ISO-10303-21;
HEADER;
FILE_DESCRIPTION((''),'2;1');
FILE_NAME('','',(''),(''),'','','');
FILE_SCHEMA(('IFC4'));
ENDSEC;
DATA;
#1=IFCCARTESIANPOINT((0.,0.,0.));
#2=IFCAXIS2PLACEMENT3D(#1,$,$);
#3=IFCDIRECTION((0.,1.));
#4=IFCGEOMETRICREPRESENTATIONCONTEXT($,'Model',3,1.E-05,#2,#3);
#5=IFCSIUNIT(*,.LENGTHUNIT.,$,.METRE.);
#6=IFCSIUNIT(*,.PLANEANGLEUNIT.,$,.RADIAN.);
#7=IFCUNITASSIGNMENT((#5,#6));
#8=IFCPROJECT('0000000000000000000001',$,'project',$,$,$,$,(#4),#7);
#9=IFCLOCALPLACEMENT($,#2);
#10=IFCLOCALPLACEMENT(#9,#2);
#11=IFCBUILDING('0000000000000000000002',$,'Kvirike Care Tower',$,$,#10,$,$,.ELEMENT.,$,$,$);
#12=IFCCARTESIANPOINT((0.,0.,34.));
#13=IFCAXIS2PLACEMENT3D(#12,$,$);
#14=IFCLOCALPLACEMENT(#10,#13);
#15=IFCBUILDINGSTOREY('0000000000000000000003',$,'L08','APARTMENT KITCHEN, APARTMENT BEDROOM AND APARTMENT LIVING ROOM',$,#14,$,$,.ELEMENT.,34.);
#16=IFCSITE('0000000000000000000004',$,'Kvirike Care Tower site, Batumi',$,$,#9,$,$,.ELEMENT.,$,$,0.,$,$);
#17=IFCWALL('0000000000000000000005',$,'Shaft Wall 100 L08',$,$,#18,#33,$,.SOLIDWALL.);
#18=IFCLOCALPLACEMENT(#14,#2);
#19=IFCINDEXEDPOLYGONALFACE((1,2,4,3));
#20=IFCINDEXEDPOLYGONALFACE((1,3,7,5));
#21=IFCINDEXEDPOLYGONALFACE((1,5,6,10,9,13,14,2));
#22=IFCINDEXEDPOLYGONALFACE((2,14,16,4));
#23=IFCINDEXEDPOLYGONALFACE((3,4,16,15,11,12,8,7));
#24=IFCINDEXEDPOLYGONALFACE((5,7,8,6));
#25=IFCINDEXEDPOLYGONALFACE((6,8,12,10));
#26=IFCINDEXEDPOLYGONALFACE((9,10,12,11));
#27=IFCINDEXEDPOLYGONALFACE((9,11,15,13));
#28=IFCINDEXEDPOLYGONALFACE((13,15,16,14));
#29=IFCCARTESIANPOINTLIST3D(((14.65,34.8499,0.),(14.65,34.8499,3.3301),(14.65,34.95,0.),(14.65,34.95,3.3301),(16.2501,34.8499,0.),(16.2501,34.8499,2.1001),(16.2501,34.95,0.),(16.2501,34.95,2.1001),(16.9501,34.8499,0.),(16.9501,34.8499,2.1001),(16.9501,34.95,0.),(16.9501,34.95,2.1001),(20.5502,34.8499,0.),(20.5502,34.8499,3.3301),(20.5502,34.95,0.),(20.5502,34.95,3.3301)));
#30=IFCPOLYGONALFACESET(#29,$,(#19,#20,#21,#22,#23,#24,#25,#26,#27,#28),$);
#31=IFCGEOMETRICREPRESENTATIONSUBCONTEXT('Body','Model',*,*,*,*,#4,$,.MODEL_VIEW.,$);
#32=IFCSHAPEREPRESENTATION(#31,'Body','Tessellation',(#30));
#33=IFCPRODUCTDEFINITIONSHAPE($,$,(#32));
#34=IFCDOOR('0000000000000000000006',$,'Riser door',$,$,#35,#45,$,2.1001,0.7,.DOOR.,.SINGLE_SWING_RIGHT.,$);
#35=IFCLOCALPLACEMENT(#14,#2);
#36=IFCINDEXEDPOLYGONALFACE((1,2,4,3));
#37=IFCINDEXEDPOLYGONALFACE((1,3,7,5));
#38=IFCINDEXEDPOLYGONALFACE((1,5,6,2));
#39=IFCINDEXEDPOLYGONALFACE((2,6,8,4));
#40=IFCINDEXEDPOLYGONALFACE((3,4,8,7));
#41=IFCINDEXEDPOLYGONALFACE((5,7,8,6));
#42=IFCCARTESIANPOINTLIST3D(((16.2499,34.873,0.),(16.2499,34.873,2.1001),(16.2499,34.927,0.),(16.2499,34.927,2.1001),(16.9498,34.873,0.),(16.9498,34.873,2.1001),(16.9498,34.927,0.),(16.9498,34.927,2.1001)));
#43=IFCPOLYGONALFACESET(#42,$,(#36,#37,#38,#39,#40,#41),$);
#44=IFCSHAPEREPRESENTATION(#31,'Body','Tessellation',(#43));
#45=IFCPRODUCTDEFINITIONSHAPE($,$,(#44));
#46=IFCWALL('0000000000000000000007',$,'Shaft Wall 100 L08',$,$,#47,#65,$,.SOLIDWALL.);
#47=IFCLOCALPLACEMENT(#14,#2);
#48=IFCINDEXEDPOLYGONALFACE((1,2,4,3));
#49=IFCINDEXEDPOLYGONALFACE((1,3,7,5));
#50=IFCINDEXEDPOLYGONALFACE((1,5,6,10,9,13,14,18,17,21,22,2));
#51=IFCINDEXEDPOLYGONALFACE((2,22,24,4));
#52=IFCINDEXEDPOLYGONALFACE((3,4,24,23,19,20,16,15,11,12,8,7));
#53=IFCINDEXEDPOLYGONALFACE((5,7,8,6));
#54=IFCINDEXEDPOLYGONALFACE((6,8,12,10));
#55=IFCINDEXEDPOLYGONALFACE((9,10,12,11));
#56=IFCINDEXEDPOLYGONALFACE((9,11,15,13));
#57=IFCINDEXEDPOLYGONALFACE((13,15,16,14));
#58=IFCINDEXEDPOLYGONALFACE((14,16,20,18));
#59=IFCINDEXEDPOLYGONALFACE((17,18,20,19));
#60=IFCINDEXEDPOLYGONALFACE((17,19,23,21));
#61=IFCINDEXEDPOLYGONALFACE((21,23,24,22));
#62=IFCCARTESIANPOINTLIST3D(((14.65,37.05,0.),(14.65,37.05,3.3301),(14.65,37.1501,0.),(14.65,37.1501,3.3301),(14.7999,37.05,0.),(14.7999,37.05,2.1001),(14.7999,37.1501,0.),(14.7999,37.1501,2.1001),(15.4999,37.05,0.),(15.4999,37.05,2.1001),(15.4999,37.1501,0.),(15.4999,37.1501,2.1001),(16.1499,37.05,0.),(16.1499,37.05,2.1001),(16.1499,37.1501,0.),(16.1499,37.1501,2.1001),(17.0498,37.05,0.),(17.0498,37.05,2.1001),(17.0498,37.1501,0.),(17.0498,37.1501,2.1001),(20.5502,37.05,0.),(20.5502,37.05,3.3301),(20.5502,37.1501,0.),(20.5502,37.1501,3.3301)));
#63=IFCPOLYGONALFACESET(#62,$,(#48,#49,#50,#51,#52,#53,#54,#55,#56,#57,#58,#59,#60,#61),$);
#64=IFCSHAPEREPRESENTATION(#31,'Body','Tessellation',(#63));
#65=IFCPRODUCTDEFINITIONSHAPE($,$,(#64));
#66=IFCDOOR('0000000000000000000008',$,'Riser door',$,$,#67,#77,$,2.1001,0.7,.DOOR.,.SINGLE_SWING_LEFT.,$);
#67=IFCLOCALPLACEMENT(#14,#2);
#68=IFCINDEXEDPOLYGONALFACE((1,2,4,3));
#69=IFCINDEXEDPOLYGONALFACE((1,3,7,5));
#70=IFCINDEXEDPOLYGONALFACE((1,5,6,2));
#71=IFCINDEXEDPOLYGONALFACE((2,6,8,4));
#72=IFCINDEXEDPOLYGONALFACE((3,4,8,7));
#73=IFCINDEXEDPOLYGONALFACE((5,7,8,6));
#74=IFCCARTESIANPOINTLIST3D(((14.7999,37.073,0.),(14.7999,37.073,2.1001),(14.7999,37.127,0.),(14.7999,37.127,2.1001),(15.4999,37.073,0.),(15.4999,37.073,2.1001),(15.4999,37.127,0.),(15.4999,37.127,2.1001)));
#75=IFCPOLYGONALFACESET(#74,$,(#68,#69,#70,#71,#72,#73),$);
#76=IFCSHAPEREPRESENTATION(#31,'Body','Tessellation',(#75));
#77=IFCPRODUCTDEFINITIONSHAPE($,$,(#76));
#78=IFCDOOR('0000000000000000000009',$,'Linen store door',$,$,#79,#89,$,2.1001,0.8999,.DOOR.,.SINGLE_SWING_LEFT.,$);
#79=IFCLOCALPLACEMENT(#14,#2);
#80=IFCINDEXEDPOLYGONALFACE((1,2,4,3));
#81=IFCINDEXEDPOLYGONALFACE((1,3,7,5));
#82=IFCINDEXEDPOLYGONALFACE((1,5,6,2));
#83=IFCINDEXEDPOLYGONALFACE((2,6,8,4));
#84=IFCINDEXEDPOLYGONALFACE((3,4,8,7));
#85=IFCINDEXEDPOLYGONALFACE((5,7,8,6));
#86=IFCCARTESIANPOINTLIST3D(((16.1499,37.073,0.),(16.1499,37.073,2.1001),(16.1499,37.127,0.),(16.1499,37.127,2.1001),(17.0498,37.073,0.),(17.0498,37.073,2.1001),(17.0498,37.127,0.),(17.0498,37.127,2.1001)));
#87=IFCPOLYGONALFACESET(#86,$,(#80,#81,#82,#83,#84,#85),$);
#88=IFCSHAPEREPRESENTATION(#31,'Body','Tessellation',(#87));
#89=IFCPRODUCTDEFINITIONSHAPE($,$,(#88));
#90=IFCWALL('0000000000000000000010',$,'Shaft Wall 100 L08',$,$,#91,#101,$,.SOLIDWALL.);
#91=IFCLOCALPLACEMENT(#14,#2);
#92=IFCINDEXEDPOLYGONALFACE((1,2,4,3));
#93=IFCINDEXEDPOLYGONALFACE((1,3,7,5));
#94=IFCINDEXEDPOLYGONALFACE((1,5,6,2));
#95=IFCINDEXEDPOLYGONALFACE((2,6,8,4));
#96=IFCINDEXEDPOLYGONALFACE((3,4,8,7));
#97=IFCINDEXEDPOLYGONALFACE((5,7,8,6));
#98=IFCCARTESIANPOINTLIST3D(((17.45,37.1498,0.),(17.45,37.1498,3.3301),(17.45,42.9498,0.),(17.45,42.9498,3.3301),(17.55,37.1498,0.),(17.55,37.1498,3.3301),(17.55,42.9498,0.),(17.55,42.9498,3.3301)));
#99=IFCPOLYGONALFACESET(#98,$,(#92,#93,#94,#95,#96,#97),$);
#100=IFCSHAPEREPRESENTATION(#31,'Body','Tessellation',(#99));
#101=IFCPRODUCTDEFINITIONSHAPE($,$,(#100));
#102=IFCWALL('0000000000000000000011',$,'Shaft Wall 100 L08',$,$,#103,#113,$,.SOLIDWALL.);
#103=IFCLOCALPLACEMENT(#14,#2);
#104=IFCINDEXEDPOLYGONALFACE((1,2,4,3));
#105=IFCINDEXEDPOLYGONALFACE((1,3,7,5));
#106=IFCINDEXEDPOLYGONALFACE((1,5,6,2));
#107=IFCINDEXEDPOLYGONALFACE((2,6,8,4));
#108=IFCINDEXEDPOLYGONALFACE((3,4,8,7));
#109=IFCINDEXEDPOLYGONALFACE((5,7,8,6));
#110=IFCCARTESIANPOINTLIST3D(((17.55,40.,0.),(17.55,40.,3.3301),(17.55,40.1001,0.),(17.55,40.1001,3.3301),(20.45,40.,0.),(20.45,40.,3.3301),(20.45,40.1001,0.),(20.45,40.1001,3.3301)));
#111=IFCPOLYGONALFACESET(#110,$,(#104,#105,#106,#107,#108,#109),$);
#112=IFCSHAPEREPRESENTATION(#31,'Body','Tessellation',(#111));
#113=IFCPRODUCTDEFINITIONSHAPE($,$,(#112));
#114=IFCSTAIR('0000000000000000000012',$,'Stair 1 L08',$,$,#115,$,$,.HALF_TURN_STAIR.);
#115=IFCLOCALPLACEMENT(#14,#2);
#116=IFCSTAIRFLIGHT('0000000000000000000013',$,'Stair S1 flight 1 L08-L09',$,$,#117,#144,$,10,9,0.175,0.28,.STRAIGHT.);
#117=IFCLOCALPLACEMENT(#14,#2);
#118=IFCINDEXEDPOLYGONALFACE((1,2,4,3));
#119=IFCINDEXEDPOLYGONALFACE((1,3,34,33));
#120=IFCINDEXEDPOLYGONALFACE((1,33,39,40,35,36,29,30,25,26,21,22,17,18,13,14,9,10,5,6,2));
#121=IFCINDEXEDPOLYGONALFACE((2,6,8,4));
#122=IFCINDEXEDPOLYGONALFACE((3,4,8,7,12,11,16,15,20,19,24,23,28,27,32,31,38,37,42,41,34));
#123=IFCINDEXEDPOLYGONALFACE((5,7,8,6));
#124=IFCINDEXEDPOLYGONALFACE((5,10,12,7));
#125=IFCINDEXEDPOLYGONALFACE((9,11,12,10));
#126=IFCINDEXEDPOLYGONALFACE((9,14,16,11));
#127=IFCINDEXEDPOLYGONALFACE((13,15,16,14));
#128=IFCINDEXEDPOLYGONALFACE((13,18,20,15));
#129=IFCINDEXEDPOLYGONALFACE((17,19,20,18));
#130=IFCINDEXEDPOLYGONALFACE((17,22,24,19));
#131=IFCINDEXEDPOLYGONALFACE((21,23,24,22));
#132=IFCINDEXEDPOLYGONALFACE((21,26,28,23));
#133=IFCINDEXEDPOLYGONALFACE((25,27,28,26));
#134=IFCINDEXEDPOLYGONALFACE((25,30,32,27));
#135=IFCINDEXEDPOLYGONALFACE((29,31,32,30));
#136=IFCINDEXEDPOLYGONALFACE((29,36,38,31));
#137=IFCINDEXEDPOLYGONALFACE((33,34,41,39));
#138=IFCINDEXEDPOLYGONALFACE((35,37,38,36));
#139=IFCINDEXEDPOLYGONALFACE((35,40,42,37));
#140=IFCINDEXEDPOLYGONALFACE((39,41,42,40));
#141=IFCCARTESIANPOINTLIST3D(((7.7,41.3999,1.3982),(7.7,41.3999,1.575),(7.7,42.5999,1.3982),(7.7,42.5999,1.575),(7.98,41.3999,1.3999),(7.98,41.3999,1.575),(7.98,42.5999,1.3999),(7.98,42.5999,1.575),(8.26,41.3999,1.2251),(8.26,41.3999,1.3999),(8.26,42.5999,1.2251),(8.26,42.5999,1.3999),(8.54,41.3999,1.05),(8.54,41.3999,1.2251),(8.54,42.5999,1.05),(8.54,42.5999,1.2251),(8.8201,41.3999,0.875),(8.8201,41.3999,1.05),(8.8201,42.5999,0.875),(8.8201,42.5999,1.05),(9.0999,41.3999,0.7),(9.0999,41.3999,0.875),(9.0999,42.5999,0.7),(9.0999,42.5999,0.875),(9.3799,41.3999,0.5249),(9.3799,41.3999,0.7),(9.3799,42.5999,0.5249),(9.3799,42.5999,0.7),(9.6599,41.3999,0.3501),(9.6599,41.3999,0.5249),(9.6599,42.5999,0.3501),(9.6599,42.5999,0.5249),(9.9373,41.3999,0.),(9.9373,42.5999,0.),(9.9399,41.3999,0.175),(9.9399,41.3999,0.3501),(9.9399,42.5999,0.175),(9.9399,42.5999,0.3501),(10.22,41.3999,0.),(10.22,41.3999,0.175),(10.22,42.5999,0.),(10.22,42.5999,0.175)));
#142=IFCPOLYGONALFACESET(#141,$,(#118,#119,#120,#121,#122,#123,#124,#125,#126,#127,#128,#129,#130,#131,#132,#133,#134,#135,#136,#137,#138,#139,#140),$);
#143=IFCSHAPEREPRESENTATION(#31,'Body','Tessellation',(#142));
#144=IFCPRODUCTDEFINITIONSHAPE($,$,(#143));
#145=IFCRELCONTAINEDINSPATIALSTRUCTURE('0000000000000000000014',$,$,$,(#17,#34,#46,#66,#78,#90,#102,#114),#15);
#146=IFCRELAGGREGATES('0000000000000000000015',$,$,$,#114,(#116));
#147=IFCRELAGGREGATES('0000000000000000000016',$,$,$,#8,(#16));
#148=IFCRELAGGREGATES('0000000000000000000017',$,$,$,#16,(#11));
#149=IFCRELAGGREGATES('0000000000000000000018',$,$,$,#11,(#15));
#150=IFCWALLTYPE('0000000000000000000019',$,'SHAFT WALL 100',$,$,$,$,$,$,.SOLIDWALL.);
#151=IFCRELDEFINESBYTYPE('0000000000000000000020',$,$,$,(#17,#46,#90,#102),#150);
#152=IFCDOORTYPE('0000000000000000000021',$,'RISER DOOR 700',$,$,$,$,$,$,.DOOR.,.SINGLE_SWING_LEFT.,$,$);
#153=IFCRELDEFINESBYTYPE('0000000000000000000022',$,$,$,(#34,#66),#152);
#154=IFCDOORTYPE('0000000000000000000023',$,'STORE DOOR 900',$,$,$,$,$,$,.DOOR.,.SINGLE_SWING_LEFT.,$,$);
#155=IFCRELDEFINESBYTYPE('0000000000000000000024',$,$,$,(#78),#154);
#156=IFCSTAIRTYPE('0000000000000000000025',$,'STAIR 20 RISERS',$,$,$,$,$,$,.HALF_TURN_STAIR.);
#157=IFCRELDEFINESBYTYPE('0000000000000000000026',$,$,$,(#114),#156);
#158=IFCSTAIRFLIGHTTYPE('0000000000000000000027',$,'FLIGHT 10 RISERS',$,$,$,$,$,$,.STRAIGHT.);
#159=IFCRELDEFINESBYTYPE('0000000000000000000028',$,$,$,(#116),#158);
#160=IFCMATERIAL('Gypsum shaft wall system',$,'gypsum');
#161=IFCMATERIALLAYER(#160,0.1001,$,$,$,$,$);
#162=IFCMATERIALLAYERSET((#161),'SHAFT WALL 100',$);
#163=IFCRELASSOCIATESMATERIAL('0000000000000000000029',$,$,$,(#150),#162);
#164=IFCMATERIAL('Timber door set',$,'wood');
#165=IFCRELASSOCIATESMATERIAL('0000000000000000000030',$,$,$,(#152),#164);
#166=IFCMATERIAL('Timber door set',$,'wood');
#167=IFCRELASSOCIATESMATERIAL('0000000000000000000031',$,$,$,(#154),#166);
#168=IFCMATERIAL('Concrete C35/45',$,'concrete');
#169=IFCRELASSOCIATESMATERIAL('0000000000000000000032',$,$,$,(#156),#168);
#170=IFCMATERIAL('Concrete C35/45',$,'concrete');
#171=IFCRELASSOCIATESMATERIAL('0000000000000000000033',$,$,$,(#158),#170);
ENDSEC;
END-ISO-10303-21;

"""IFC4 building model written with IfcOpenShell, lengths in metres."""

from ifc_helpers import new_model, si_unit, direction, frame, frame_2d, origin, place, context, subcontext, project, spatial, polyline, rectangle, outline, extrude, material, layer, layer_set, type_object, element, fill, aggregate, save


model = new_model("IFC4")

# Units and contexts
model_context = context("Model", 3, precision=1e-05, world=origin(), true_north=direction((0.0, 1.0)))
body_context = subcontext(model_context, "Body", "Model", "MODEL_VIEW")
ifc_project = project(units=[si_unit("LENGTHUNIT", "METRE"), si_unit("PLANEANGLEUNIT", "RADIAN")], contexts=[model_context])

# Site, building, storey
site_placement = place(None, origin())
site = spatial("IfcSite", under=ifc_project, at=site_placement, Name="Kvirike Care Tower site, Batumi", CompositionType="ELEMENT", RefElevation=0.0)
building_placement = place(site_placement, origin())
building = spatial("IfcBuilding", under=site, at=building_placement, Name="Kvirike Care Tower", CompositionType="ELEMENT")
storey_placement = place(building_placement, frame((0.0, 0.0, 34.0)))
storey = spatial("IfcBuildingStorey", under=building, at=storey_placement, Name="L08", Description="APARTMENT KITCHEN, APARTMENT BEDROOM AND APARTMENT LIVING ROOM", CompositionType="ELEMENT", Elevation=34.0)

# Shared definitions
ifc_material_1 = material(Name="Gypsum shaft wall system", Category="gypsum")
ifc_layer_1 = layer(ifc_material_1, 0.1001)
ifc_layer_set_1 = layer_set([ifc_layer_1], Name="SHAFT WALL 100")
wall_type_1 = type_object("IfcWallType", Name="SHAFT WALL 100", PredefinedType="SOLIDWALL", material=ifc_layer_set_1)

# Wall, opening, door
wall_1_placement = place(storey_placement, frame((14.6499, 34.8999, 0.0), z_axis=(0.0, 0.0, 1.0), x_axis=(1.0, 0.0, 0.0)))
wall_1 = element("IfcWall", 1, at=wall_1_placement, inside=storey, type_object=wall_type_1, Name="Shaft Wall 100 L08", PredefinedType="SOLIDWALL", context=body_context, shape_type="SweptSolid", body=[
    extrude(rectangle(XDim=5.9001, YDim=0.1001, at=frame_2d((2.9502, 0.0))), origin(), (0.0, 0.0, 1.0), 3.3301),
])
opening_1_placement = place(wall_1_placement, frame((1.6001, 0.0, 0.0)))
opening_1 = element("IfcOpeningElement", 2, at=opening_1_placement, cuts=wall_1, PredefinedType="OPENING", context=body_context, shape_type="SweptSolid", body=[
    extrude(rectangle(XDim=0.7, YDim=2.1001, at=frame_2d((0.3501, 1.05))), frame((0.0, 0.0605, 0.0), z_axis=(0.0, -1.0, 0.0), x_axis=(1.0, 0.0, 0.0)), (0.0, 0.0, 1.0), 0.1211),
])
ifc_material_2 = material(Name="Timber door set", Category="wood")
door_type_1 = type_object("IfcDoorType", Name="RISER DOOR 700", OperationType="SINGLE_SWING_LEFT", PredefinedType="DOOR", material=ifc_material_2)
door_1_placement = place(opening_1_placement, frame((0.7, 0.0, 0.0), z_axis=(0.0, 0.0, 1.0), x_axis=(-1.0, 0.0, 0.0)))
door_1 = element("IfcDoor", 3, at=door_1_placement, inside=storey, type_object=door_type_1, Name="Riser door", OperationType="SINGLE_SWING_RIGHT", OverallHeight=2.1001, OverallWidth=0.7, PredefinedType="DOOR", context=body_context, shape_type="SweptSolid", body=[
    extrude(rectangle(XDim=0.7, YDim=2.1001, at=frame_2d((0.3501, 1.05))), frame((0.0, 0.0269, 0.0), z_axis=(0.0, -1.0, 0.0), x_axis=(1.0, 0.0, 0.0)), (0.0, 0.0, 1.0), 0.054),
])
fill(opening_1, door_1)

# Wall, openings, doors
wall_2_placement = place(storey_placement, frame((14.6499, 37.1001, 0.0), z_axis=(0.0, 0.0, 1.0), x_axis=(1.0, 0.0, 0.0)))
wall_2 = element("IfcWall", 4, at=wall_2_placement, inside=storey, type_object=wall_type_1, Name="Shaft Wall 100 L08", PredefinedType="SOLIDWALL", context=body_context, shape_type="SweptSolid", body=[
    extrude(rectangle(XDim=5.9001, YDim=0.1001, at=frame_2d((2.9502, 0.0))), origin(), (0.0, 0.0, 1.0), 3.3301),
])
opening_2_placement = place(wall_2_placement, frame((0.1499, 0.0, 0.0)))
opening_2 = element("IfcOpeningElement", 5, at=opening_2_placement, cuts=wall_2, PredefinedType="OPENING", context=body_context, shape_type="SweptSolid", body=[
    extrude(rectangle(XDim=0.7, YDim=2.1001, at=frame_2d((0.3501, 1.05))), frame((0.0, 0.0605, 0.0), z_axis=(0.0, -1.0, 0.0), x_axis=(1.0, 0.0, 0.0)), (0.0, 0.0, 1.0), 0.1211),
])
opening_3_placement = place(wall_2_placement, frame((1.5, 0.0, 0.0)))
opening_3 = element("IfcOpeningElement", 6, at=opening_3_placement, cuts=wall_2, PredefinedType="OPENING", context=body_context, shape_type="SweptSolid", body=[
    extrude(rectangle(XDim=0.8999, YDim=2.1001, at=frame_2d((0.45, 1.05))), frame((0.0, 0.0605, 0.0), z_axis=(0.0, -1.0, 0.0), x_axis=(1.0, 0.0, 0.0)), (0.0, 0.0, 1.0), 0.1211),
])
door_2_placement = place(opening_2_placement, origin())
door_2 = element("IfcDoor", 7, at=door_2_placement, inside=storey, type_object=door_type_1, Name="Riser door", OperationType="SINGLE_SWING_LEFT", OverallHeight=2.1001, OverallWidth=0.7, PredefinedType="DOOR", context=body_context, shape_type="SweptSolid", body=[
    extrude(rectangle(XDim=0.7, YDim=2.1001, at=frame_2d((0.3501, 1.05))), frame((0.0, 0.0269, 0.0), z_axis=(0.0, -1.0, 0.0), x_axis=(1.0, 0.0, 0.0)), (0.0, 0.0, 1.0), 0.054),
])
fill(opening_2, door_2)
ifc_material_3 = material(Name="Timber door set", Category="wood")
door_type_2 = type_object("IfcDoorType", Name="STORE DOOR 900", OperationType="SINGLE_SWING_LEFT", PredefinedType="DOOR", material=ifc_material_3)
door_3_placement = place(opening_3_placement, origin())
door_3 = element("IfcDoor", 8, at=door_3_placement, inside=storey, type_object=door_type_2, Name="Linen store door", OperationType="SINGLE_SWING_LEFT", OverallHeight=2.1001, OverallWidth=0.8999, PredefinedType="DOOR", context=body_context, shape_type="SweptSolid", body=[
    extrude(rectangle(XDim=0.8999, YDim=2.1001, at=frame_2d((0.45, 1.05))), frame((0.0, 0.0269, 0.0), z_axis=(0.0, -1.0, 0.0), x_axis=(1.0, 0.0, 0.0)), (0.0, 0.0, 1.0), 0.054),
])
fill(opening_3, door_3)

# Walls
wall_3_placement = place(storey_placement, frame((17.5, 37.1499, 0.0), z_axis=(0.0, 0.0, 1.0), x_axis=(0.0, 1.0, 0.0)))
element("IfcWall", 9, at=wall_3_placement, inside=storey, type_object=wall_type_1, Name="Shaft Wall 100 L08", PredefinedType="SOLIDWALL", context=body_context, shape_type="SweptSolid", body=[
    extrude(rectangle(XDim=5.8, YDim=0.1001, at=frame_2d((2.8999, 0.0))), origin(), (0.0, 0.0, 1.0), 3.3301),
])
wall_4_placement = place(storey_placement, frame((17.55, 40.05, 0.0), z_axis=(0.0, 0.0, 1.0), x_axis=(1.0, 0.0, 0.0)))
element("IfcWall", 10, at=wall_4_placement, inside=storey, type_object=wall_type_1, Name="Shaft Wall 100 L08", PredefinedType="SOLIDWALL", context=body_context, shape_type="SweptSolid", body=[
    extrude(rectangle(XDim=2.8999, YDim=0.1001, at=frame_2d((1.45, 0.0))), origin(), (0.0, 0.0, 1.0), 3.3301),
])

# Stair, stair flight
ifc_material_4 = material(Name="Concrete C35/45", Category="concrete")
stair_type = type_object("IfcStairType", Name="STAIR 20 RISERS", PredefinedType="HALF_TURN_STAIR", material=ifc_material_4)
stair_placement = place(storey_placement, origin())
stair = element("IfcStair", 11, at=stair_placement, inside=storey, type_object=stair_type, Name="Stair 1 L08", PredefinedType="HALF_TURN_STAIR")
ifc_material_5 = material(Name="Concrete C35/45", Category="concrete")
stair_flight_type = type_object("IfcStairFlightType", Name="FLIGHT 10 RISERS", PredefinedType="STRAIGHT", material=ifc_material_5)
stair_flight_placement = place(storey_placement, frame((10.22, 42.0, 0.0), z_axis=(0.0, 0.0, 1.0), x_axis=(-1.0, 0.0, 0.0)))
stair_flight = element("IfcStairFlight", 12, at=stair_flight_placement, type_object=stair_flight_type, Name="Stair S1 flight 1 L08-L09", NumberOfRisers=10, NumberOfTreads=9, PredefinedType="STRAIGHT", RiserHeight=0.175, TreadLength=0.28, context=body_context, shape_type="SweptSolid", body=[
    extrude(outline(polyline([(0.0, 0.0), (0.0, 0.175), (0.28, 0.175), (0.28, 0.3501), (0.5601, 0.3501), (0.5601, 0.5249), (0.8401, 0.5249), (0.8401, 0.7), (1.1201, 0.7), (1.1201, 0.875), (1.3999, 0.875), (1.3999, 1.05), (1.6799, 1.05), (1.6799, 1.2251), (1.96, 1.2251), (1.96, 1.3999), (2.24, 1.3999), (2.24, 1.575), (2.52, 1.575), (2.52, 1.75), (2.52, 1.3982), (0.2827, 0.0), (0.0, 0.0)])), frame((0.0, 0.6001, 0.0), z_axis=(0.0, -1.0, 0.0), x_axis=(1.0, 0.0, 0.0)), (0.0, 0.0, 1.0), 1.2),
])
aggregate(stair, [stair_flight])

save(model, "model.ifc")
